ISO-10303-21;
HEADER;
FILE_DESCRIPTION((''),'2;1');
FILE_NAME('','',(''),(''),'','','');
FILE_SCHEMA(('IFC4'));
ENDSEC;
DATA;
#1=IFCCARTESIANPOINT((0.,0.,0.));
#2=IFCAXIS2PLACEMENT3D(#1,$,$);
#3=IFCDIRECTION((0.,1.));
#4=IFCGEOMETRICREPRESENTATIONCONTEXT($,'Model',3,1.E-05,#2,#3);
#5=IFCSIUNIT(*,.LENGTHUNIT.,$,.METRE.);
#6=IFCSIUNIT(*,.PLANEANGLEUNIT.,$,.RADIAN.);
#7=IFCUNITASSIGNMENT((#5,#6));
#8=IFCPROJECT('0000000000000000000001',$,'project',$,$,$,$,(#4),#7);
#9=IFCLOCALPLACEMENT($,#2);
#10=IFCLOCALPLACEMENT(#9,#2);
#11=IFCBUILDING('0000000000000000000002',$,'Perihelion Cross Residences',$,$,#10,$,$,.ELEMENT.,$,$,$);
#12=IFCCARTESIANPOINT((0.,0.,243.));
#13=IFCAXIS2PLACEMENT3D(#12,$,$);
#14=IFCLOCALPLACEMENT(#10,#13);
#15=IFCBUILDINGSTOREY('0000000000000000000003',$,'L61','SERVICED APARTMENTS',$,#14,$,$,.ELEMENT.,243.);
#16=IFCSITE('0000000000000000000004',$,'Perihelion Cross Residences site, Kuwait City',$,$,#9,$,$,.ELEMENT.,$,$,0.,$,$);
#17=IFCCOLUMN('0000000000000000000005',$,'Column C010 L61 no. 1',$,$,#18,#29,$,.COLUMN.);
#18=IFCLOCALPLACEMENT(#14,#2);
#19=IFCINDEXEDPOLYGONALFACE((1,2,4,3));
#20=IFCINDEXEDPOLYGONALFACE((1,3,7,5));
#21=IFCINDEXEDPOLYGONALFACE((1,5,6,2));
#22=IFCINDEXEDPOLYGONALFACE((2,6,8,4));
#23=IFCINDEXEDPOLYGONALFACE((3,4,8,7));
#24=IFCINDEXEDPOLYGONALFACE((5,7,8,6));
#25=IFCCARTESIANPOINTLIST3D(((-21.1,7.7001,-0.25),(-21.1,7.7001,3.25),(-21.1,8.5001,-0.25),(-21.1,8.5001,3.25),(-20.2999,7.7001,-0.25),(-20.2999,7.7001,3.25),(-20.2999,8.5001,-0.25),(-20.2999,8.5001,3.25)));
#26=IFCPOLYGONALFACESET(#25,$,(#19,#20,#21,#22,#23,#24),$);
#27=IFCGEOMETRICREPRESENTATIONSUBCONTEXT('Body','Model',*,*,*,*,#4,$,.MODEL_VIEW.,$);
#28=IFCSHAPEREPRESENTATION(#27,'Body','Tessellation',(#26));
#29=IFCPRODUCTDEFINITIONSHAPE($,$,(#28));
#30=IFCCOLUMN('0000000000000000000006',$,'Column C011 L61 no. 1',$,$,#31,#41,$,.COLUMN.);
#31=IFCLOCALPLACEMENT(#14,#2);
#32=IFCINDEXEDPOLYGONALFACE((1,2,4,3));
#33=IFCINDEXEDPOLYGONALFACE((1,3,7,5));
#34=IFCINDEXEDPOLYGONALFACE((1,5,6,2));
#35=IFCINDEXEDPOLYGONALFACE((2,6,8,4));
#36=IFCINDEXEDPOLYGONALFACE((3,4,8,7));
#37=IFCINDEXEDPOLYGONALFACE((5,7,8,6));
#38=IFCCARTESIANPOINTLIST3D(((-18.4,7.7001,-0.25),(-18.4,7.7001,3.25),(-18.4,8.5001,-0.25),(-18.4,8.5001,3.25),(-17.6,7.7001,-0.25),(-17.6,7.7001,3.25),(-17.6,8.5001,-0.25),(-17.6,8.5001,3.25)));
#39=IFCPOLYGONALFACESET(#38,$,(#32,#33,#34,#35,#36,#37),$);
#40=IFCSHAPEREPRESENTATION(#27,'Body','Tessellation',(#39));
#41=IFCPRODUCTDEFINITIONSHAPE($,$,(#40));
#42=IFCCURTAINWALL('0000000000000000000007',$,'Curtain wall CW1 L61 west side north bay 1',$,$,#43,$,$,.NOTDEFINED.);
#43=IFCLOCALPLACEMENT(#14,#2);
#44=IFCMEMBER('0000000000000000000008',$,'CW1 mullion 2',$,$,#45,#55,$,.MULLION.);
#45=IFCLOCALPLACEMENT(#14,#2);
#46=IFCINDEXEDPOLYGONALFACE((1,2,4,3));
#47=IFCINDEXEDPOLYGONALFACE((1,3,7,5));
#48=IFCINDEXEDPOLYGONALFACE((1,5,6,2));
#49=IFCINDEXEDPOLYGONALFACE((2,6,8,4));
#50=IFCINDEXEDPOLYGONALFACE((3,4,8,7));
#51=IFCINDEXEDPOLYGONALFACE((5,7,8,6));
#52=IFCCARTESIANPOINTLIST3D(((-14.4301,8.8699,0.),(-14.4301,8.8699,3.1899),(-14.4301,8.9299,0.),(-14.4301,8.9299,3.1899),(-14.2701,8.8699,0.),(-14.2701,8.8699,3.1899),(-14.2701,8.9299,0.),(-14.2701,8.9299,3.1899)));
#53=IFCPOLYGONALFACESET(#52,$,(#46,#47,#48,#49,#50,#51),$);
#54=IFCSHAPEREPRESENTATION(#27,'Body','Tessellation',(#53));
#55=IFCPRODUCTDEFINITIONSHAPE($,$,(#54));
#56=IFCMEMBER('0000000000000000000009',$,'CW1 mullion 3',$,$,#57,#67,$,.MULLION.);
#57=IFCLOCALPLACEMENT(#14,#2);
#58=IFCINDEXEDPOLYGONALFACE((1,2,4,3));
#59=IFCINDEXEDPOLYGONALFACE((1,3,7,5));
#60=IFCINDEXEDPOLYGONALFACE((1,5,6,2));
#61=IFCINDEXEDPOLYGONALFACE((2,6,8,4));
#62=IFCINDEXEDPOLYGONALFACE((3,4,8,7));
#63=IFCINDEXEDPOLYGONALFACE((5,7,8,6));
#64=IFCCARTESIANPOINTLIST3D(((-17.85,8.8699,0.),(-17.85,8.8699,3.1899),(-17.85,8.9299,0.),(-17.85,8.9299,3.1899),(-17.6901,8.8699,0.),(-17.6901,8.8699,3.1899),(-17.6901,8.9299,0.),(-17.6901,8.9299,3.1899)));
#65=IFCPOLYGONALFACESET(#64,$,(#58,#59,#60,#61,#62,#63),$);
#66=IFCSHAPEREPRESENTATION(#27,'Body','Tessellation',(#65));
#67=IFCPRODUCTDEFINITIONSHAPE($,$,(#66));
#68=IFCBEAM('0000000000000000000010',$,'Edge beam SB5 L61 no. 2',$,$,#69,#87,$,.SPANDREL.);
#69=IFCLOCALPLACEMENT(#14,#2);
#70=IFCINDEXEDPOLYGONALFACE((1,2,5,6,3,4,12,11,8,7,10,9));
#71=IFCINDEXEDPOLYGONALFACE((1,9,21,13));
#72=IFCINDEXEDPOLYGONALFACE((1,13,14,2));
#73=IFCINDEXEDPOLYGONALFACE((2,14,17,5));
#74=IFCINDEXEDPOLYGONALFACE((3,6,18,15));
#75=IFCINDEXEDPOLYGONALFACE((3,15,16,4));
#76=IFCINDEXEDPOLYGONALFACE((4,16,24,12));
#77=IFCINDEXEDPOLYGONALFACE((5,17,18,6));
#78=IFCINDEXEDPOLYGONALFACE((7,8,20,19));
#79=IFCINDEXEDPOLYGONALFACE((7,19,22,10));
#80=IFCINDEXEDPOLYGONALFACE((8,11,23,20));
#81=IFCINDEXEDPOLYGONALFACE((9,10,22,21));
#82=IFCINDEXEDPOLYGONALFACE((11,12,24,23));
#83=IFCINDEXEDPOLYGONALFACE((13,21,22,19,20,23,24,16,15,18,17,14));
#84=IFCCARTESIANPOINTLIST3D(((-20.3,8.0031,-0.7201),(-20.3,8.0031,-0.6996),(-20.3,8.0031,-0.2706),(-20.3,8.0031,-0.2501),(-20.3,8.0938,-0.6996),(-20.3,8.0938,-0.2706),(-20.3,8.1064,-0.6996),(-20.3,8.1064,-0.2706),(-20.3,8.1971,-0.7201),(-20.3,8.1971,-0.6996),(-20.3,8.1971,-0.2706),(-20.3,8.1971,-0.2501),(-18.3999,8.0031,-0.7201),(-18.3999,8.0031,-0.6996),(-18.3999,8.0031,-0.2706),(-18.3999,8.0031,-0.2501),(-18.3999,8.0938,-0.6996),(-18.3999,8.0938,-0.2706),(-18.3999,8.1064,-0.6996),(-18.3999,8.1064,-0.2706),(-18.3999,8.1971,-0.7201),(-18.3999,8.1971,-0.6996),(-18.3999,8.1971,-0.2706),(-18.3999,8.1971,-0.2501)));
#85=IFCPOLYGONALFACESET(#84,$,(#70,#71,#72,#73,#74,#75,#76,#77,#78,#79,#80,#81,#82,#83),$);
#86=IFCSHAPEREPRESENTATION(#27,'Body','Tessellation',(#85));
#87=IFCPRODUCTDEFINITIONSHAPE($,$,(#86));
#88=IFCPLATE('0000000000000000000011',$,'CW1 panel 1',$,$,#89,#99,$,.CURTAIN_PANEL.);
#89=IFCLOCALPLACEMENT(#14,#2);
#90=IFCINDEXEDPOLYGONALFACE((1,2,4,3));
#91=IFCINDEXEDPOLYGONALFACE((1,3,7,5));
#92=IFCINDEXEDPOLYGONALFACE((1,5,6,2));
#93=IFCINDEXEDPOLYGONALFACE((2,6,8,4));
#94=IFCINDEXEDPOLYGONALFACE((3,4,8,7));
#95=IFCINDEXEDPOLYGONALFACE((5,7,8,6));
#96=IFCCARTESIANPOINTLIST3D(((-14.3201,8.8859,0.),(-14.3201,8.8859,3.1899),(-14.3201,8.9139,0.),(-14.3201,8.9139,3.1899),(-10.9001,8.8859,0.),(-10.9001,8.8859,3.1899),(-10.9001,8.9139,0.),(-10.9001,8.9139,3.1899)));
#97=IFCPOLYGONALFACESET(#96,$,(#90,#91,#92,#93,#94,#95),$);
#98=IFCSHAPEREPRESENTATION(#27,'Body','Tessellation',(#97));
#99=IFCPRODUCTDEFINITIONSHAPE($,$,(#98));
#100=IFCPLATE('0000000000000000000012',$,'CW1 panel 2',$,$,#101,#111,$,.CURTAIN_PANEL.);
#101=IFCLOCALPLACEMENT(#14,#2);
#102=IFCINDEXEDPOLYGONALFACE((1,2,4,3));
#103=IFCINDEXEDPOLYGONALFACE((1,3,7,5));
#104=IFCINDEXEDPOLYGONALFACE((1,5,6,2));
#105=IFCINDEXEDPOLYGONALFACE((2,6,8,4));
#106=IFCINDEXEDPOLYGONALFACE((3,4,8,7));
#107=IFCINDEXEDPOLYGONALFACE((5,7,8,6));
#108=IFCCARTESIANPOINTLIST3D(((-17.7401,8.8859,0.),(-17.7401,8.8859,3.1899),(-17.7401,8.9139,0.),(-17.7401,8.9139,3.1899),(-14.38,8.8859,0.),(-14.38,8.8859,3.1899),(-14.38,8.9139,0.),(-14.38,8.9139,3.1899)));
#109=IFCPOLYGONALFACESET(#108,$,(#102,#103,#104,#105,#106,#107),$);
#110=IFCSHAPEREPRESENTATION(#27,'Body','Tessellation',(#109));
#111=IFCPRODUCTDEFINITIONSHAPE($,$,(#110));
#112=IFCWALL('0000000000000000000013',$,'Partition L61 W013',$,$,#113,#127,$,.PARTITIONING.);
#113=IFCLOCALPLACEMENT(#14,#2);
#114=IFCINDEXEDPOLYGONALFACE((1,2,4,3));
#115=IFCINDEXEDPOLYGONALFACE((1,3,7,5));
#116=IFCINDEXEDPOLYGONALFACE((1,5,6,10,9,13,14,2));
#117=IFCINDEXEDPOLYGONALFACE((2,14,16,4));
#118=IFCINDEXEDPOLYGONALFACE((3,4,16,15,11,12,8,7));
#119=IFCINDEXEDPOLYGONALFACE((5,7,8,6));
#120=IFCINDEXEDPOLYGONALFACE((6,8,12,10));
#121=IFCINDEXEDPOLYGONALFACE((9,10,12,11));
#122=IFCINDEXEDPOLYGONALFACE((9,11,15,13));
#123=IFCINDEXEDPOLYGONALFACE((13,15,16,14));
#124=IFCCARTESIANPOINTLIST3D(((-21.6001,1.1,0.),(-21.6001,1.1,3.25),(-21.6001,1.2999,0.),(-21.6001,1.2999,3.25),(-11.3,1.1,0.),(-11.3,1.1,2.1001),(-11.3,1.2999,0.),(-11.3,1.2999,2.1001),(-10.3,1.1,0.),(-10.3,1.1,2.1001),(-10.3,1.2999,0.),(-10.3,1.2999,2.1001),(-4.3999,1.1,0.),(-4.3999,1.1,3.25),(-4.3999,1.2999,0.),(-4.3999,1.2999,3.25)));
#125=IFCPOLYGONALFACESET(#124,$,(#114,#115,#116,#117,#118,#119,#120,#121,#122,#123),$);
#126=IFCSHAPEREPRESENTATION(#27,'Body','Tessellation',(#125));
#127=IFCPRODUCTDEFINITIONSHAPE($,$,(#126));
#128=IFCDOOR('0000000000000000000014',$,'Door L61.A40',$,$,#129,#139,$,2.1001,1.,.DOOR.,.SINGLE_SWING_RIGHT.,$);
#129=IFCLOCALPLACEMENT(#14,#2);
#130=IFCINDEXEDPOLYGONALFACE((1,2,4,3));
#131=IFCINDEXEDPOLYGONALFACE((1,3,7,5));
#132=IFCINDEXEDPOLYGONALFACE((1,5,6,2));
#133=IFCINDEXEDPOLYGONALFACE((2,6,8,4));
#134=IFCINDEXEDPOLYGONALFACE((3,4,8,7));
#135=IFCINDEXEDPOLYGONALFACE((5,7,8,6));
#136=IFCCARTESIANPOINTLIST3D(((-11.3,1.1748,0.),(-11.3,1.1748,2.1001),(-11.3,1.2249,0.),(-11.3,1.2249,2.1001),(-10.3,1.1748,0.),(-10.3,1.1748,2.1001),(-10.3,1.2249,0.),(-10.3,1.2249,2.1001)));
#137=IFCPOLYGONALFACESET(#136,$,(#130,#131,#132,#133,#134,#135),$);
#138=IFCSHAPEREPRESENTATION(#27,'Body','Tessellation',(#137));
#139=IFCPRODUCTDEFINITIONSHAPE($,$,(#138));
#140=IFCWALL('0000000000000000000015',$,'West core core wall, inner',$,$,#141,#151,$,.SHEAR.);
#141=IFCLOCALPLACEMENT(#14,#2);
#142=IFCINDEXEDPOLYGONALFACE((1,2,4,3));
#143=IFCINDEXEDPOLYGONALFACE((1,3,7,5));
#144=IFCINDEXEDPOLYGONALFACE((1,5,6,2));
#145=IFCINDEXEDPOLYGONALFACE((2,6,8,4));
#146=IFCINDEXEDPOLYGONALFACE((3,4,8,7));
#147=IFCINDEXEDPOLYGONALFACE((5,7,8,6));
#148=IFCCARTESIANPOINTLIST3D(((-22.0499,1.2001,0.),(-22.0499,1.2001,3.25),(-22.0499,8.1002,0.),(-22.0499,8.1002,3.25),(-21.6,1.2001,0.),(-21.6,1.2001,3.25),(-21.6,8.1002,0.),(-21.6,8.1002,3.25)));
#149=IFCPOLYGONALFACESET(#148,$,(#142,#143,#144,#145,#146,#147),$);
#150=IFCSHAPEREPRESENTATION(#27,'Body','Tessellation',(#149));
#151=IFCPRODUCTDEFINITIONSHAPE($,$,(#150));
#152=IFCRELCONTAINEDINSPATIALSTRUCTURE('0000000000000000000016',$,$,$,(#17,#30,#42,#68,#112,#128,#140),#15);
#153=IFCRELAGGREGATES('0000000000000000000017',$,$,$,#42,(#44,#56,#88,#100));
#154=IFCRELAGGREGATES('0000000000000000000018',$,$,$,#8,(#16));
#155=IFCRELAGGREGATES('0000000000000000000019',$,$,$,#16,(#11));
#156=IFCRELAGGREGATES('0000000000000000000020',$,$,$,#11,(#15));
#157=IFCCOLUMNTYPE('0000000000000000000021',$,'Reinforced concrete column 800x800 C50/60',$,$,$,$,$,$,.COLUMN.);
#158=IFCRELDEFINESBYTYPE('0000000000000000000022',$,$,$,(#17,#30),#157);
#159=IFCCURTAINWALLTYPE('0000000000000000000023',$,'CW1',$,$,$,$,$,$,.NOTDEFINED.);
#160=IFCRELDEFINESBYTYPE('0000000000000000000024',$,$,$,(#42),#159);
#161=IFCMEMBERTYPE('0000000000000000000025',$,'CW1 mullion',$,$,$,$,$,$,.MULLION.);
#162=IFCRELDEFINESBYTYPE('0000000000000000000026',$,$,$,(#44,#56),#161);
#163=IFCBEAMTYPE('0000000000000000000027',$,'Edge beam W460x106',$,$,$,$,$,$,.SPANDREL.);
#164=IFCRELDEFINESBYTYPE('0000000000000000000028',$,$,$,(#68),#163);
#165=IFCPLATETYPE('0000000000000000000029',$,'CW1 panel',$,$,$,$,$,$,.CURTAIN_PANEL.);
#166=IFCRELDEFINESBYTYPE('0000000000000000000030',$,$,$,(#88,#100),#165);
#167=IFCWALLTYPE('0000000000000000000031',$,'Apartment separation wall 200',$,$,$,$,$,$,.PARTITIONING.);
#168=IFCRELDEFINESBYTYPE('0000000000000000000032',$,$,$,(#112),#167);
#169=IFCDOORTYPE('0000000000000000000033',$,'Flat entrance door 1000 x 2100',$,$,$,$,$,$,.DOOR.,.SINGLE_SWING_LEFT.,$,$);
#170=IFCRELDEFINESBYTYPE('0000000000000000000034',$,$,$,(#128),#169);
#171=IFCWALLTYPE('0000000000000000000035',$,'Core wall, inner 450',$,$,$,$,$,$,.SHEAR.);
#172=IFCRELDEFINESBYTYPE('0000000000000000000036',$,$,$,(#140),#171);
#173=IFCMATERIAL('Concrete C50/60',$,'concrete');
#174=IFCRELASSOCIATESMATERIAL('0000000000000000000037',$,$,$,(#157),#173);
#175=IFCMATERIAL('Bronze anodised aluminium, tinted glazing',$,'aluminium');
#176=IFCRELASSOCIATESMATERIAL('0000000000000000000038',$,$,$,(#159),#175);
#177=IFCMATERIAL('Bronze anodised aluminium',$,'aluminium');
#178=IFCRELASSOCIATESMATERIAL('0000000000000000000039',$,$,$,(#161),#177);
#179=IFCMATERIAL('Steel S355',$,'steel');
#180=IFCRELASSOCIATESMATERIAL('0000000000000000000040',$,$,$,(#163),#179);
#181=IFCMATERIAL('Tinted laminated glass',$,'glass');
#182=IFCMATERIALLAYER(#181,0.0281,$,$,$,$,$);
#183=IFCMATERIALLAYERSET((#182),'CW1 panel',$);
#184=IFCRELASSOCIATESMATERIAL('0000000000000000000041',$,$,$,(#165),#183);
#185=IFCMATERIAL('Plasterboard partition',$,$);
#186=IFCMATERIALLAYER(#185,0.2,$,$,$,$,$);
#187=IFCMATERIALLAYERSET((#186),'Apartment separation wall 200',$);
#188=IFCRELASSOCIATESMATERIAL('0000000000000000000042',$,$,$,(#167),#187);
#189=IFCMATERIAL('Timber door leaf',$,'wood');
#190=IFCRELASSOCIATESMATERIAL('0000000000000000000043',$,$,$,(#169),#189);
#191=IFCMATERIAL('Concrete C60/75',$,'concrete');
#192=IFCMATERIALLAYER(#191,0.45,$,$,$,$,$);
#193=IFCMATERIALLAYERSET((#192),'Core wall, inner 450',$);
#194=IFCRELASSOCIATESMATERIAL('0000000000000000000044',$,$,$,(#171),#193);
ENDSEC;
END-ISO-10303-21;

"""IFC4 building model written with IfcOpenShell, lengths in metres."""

from ifc_helpers import new_model, si_unit, direction, frame, frame_2d, origin, origin_2d, place, context, subcontext, project, spatial, rectangle, i_section, extrude, material, layer, layer_set, material_profile, profile_set, type_object, element, fill, aggregate, save


model = new_model("IFC4")

# Units and contexts
model_context = context("Model", 3, precision=1e-05, world=origin(), true_north=direction((0.0, 1.0)))
body_context = subcontext(model_context, "Body", "Model", "MODEL_VIEW")
ifc_project = project(units=[si_unit("LENGTHUNIT", "METRE"), si_unit("PLANEANGLEUNIT", "RADIAN")], contexts=[model_context])

# Site, building, storey
site_placement = place(None, origin())
site = spatial("IfcSite", under=ifc_project, at=site_placement, Name="Perihelion Cross Residences site, Kuwait City", CompositionType="ELEMENT", RefElevation=0.0)
building_placement = place(site_placement, origin())
building = spatial("IfcBuilding", under=site, at=building_placement, Name="Perihelion Cross Residences", CompositionType="ELEMENT")
storey_placement = place(building_placement, frame((0.0, 0.0, 243.0)))
storey = spatial("IfcBuildingStorey", under=building, at=storey_placement, Name="L61", Description="SERVICED APARTMENTS", CompositionType="ELEMENT", Elevation=243.0)

# Columns
ifc_material_1 = material(Name="Concrete C50/60", Category="concrete")
ifc_material_profile_1 = material_profile(ifc_material_1, rectangle(XDim=0.8, YDim=0.8, at=origin_2d()), Name="RC 800x800")
ifc_profile_set_1 = profile_set([ifc_material_profile_1], Name="Concrete C50/60")
column_type = type_object("IfcColumnType", Name="Reinforced concrete column 800x800 C50/60", PredefinedType="COLUMN", material=ifc_profile_set_1)
for number, where, z_axis, x_axis, name in (
    (1, (-20.7, 8.1001, -0.25), (0.0, 0.0, 1.0), (1.0, 0.0, 0.0), "Column C010 L61 no. 1"),
    (2, (-18.0, 8.1001, -0.25), (0.0, 0.0, 1.0), (1.0, 0.0, 0.0), "Column C011 L61 no. 1"),
):
    element("IfcColumn", number, at=place(storey_placement, frame(where, z_axis=z_axis, x_axis=x_axis)), inside=storey, type_object=column_type, Name=name, PredefinedType="COLUMN", context=body_context, shape_type="SweptSolid", body=[
        extrude(rectangle(XDim=0.8, YDim=0.8, at=origin_2d()), origin(), (0.0, 0.0, 1.0), 3.5),
    ])

# Curtain wall, members
ifc_material_2 = material(Name="Bronze anodised aluminium, tinted glazing", Category="aluminium")
curtain_wall_type = type_object("IfcCurtainWallType", Name="CW1", PredefinedType="NOTDEFINED", material=ifc_material_2)
curtain_wall_placement = place(storey_placement, origin())
curtain_wall = element("IfcCurtainWall", 3, at=curtain_wall_placement, inside=storey, type_object=curtain_wall_type, Name="Curtain wall CW1 L61 west side north bay 1", PredefinedType="NOTDEFINED")
ifc_material_3 = material(Name="Bronze anodised aluminium", Category="aluminium")
ifc_material_profile_2 = material_profile(ifc_material_3, rectangle(XDim=0.0601, YDim=0.1599, at=origin_2d()), Name="CW1 mullion")
ifc_profile_set_2 = profile_set([ifc_material_profile_2], Name="Bronze anodised aluminium")
member_type = type_object("IfcMemberType", Name="CW1 mullion", PredefinedType="MULLION", material=ifc_profile_set_2)
member_1_placement = place(storey_placement, frame((-14.3501, 8.8999, 0.0), z_axis=(0.0, 0.0, 1.0), x_axis=(0.0, -1.0, 0.0)))
member_1 = element("IfcMember", 4, at=member_1_placement, type_object=member_type, Name="CW1 mullion 2", PredefinedType="MULLION", context=body_context, shape_type="SweptSolid", body=[
    extrude(rectangle(XDim=0.0601, YDim=0.1599, at=origin_2d()), origin(), (0.0, 0.0, 1.0), 3.1899),
])
member_2_placement = place(storey_placement, frame((-17.77, 8.8999, 0.0), z_axis=(0.0, 0.0, 1.0), x_axis=(0.0, -1.0, 0.0)))
member_2 = element("IfcMember", 5, at=member_2_placement, type_object=member_type, Name="CW1 mullion 3", PredefinedType="MULLION", context=body_context, shape_type="SweptSolid", body=[
    extrude(rectangle(XDim=0.0601, YDim=0.1599, at=origin_2d()), origin(), (0.0, 0.0, 1.0), 3.1899),
])

# Beam
ifc_material_4 = material(Name="Steel S355", Category="steel")
ifc_material_profile_3 = material_profile(ifc_material_4, i_section(OverallWidth=0.1941, OverallDepth=0.47, WebThickness=0.0127, FlangeThickness=0.0205, at=origin_2d()), Name="W460x106")
ifc_profile_set_3 = profile_set([ifc_material_profile_3], Name="Steel S355")
beam_type = type_object("IfcBeamType", Name="Edge beam W460x106", PredefinedType="SPANDREL", material=ifc_profile_set_3)
beam_placement = place(storey_placement, frame((-18.3999, 8.1001, -0.4851), z_axis=(-1.0, 0.0, 0.0), x_axis=(0.0, -1.0, 0.0)))
element("IfcBeam", 6, at=beam_placement, inside=storey, type_object=beam_type, Name="Edge beam SB5 L61 no. 2", PredefinedType="SPANDREL", context=body_context, shape_type="SweptSolid", body=[
    extrude(i_section(OverallWidth=0.1941, OverallDepth=0.47, WebThickness=0.0127, FlangeThickness=0.0205, at=origin_2d()), origin(), (0.0, 0.0, 1.0), 1.9001),
])

# Plates
ifc_material_5 = material(Name="Tinted laminated glass", Category="glass")
ifc_layer_1 = layer(ifc_material_5, 0.0281)
ifc_layer_set_1 = layer_set([ifc_layer_1], Name="CW1 panel")
plate_type = type_object("IfcPlateType", Name="CW1 panel", PredefinedType="CURTAIN_PANEL", material=ifc_layer_set_1)
plate_1_placement = place(storey_placement, frame((-12.6101, 8.8999, 0.0), z_axis=(0.0, 0.0, 1.0), x_axis=(-1.0, 0.0, 0.0)))
plate_1 = element("IfcPlate", 7, at=plate_1_placement, type_object=plate_type, Name="CW1 panel 1", PredefinedType="CURTAIN_PANEL", context=body_context, shape_type="SweptSolid", body=[
    extrude(rectangle(XDim=3.4199, YDim=0.0281, at=origin_2d()), origin(), (0.0, 0.0, 1.0), 3.1899),
])
plate_2_placement = place(storey_placement, frame((-16.0601, 8.8999, 0.0), z_axis=(0.0, 0.0, 1.0), x_axis=(-1.0, 0.0, 0.0)))
plate_2 = element("IfcPlate", 8, at=plate_2_placement, type_object=plate_type, Name="CW1 panel 2", PredefinedType="CURTAIN_PANEL", context=body_context, shape_type="SweptSolid", body=[
    extrude(rectangle(XDim=3.3601, YDim=0.0281, at=origin_2d()), origin(), (0.0, 0.0, 1.0), 3.1899),
])
aggregate(curtain_wall, [member_1, member_2, plate_1, plate_2])

# Wall, opening, door
ifc_material_6 = material(Name="Plasterboard partition")
ifc_layer_2 = layer(ifc_material_6, 0.2)
ifc_layer_set_2 = layer_set([ifc_layer_2], Name="Apartment separation wall 200")
wall_type_1 = type_object("IfcWallType", Name="Apartment separation wall 200", PredefinedType="PARTITIONING", material=ifc_layer_set_2)
wall_1_placement = place(storey_placement, frame((-21.6001, 1.2, 0.0), z_axis=(0.0, 0.0, 1.0), x_axis=(1.0, 0.0, 0.0)))
wall_1 = element("IfcWall", 9, at=wall_1_placement, inside=storey, type_object=wall_type_1, Name="Partition L61 W013", PredefinedType="PARTITIONING", context=body_context, shape_type="SweptSolid", body=[
    extrude(rectangle(XDim=17.2002, YDim=0.2, at=frame_2d((8.6001, 0.0))), origin(), (0.0, 0.0, 1.0), 3.25),
])
opening_1_placement = place(wall_1_placement, frame((10.3, 0.0, 0.0)))
opening_1 = element("IfcOpeningElement", 10, at=opening_1_placement, cuts=wall_1, PredefinedType="OPENING", context=body_context, shape_type="SweptSolid", body=[
    extrude(rectangle(XDim=1.0, YDim=2.1001, at=frame_2d((0.5, 1.05))), frame((0.0, 0.1099, 0.0), z_axis=(0.0, -1.0, 0.0), x_axis=(1.0, 0.0, 0.0)), (0.0, 0.0, 1.0), 0.22),
])
ifc_material_7 = material(Name="Timber door leaf", Category="wood")
door_type_1 = type_object("IfcDoorType", Name="Flat entrance door 1000 x 2100", OperationType="SINGLE_SWING_LEFT", PredefinedType="DOOR", material=ifc_material_7)
door_1_placement = place(opening_1_placement, origin())
door_1 = element("IfcDoor", 11, at=door_1_placement, inside=storey, type_object=door_type_1, Name="Door L61.A40", OperationType="SINGLE_SWING_RIGHT", OverallHeight=2.1001, OverallWidth=1.0, PredefinedType="DOOR", context=body_context, shape_type="SweptSolid", body=[
    extrude(rectangle(XDim=1.0, YDim=2.1001, at=frame_2d((0.5, 1.05))), frame((0.0, 0.0249, 0.0), z_axis=(0.0, -1.0, 0.0), x_axis=(1.0, 0.0, 0.0)), (0.0, 0.0, 1.0), 0.05),
])
fill(opening_1, door_1)

# Wall
ifc_material_8 = material(Name="Concrete C60/75", Category="concrete")
ifc_layer_3 = layer(ifc_material_8, 0.45)
ifc_layer_set_3 = layer_set([ifc_layer_3], Name="Core wall, inner 450")
wall_type_2 = type_object("IfcWallType", Name="Core wall, inner 450", PredefinedType="SHEAR", material=ifc_layer_set_3)
wall_2_placement = place(storey_placement, frame((-21.825, 1.2, 0.0), z_axis=(0.0, 0.0, 1.0), x_axis=(0.0, 1.0, 0.0)))
element("IfcWall", 12, at=wall_2_placement, inside=storey, type_object=wall_type_2, Name="West core core wall, inner", PredefinedType="SHEAR", context=body_context, shape_type="SweptSolid", body=[
    extrude(rectangle(XDim=6.9001, YDim=0.45, at=frame_2d((3.4502, 0.0))), origin(), (0.0, 0.0, 1.0), 3.25),
])

save(model, "model.ifc")
